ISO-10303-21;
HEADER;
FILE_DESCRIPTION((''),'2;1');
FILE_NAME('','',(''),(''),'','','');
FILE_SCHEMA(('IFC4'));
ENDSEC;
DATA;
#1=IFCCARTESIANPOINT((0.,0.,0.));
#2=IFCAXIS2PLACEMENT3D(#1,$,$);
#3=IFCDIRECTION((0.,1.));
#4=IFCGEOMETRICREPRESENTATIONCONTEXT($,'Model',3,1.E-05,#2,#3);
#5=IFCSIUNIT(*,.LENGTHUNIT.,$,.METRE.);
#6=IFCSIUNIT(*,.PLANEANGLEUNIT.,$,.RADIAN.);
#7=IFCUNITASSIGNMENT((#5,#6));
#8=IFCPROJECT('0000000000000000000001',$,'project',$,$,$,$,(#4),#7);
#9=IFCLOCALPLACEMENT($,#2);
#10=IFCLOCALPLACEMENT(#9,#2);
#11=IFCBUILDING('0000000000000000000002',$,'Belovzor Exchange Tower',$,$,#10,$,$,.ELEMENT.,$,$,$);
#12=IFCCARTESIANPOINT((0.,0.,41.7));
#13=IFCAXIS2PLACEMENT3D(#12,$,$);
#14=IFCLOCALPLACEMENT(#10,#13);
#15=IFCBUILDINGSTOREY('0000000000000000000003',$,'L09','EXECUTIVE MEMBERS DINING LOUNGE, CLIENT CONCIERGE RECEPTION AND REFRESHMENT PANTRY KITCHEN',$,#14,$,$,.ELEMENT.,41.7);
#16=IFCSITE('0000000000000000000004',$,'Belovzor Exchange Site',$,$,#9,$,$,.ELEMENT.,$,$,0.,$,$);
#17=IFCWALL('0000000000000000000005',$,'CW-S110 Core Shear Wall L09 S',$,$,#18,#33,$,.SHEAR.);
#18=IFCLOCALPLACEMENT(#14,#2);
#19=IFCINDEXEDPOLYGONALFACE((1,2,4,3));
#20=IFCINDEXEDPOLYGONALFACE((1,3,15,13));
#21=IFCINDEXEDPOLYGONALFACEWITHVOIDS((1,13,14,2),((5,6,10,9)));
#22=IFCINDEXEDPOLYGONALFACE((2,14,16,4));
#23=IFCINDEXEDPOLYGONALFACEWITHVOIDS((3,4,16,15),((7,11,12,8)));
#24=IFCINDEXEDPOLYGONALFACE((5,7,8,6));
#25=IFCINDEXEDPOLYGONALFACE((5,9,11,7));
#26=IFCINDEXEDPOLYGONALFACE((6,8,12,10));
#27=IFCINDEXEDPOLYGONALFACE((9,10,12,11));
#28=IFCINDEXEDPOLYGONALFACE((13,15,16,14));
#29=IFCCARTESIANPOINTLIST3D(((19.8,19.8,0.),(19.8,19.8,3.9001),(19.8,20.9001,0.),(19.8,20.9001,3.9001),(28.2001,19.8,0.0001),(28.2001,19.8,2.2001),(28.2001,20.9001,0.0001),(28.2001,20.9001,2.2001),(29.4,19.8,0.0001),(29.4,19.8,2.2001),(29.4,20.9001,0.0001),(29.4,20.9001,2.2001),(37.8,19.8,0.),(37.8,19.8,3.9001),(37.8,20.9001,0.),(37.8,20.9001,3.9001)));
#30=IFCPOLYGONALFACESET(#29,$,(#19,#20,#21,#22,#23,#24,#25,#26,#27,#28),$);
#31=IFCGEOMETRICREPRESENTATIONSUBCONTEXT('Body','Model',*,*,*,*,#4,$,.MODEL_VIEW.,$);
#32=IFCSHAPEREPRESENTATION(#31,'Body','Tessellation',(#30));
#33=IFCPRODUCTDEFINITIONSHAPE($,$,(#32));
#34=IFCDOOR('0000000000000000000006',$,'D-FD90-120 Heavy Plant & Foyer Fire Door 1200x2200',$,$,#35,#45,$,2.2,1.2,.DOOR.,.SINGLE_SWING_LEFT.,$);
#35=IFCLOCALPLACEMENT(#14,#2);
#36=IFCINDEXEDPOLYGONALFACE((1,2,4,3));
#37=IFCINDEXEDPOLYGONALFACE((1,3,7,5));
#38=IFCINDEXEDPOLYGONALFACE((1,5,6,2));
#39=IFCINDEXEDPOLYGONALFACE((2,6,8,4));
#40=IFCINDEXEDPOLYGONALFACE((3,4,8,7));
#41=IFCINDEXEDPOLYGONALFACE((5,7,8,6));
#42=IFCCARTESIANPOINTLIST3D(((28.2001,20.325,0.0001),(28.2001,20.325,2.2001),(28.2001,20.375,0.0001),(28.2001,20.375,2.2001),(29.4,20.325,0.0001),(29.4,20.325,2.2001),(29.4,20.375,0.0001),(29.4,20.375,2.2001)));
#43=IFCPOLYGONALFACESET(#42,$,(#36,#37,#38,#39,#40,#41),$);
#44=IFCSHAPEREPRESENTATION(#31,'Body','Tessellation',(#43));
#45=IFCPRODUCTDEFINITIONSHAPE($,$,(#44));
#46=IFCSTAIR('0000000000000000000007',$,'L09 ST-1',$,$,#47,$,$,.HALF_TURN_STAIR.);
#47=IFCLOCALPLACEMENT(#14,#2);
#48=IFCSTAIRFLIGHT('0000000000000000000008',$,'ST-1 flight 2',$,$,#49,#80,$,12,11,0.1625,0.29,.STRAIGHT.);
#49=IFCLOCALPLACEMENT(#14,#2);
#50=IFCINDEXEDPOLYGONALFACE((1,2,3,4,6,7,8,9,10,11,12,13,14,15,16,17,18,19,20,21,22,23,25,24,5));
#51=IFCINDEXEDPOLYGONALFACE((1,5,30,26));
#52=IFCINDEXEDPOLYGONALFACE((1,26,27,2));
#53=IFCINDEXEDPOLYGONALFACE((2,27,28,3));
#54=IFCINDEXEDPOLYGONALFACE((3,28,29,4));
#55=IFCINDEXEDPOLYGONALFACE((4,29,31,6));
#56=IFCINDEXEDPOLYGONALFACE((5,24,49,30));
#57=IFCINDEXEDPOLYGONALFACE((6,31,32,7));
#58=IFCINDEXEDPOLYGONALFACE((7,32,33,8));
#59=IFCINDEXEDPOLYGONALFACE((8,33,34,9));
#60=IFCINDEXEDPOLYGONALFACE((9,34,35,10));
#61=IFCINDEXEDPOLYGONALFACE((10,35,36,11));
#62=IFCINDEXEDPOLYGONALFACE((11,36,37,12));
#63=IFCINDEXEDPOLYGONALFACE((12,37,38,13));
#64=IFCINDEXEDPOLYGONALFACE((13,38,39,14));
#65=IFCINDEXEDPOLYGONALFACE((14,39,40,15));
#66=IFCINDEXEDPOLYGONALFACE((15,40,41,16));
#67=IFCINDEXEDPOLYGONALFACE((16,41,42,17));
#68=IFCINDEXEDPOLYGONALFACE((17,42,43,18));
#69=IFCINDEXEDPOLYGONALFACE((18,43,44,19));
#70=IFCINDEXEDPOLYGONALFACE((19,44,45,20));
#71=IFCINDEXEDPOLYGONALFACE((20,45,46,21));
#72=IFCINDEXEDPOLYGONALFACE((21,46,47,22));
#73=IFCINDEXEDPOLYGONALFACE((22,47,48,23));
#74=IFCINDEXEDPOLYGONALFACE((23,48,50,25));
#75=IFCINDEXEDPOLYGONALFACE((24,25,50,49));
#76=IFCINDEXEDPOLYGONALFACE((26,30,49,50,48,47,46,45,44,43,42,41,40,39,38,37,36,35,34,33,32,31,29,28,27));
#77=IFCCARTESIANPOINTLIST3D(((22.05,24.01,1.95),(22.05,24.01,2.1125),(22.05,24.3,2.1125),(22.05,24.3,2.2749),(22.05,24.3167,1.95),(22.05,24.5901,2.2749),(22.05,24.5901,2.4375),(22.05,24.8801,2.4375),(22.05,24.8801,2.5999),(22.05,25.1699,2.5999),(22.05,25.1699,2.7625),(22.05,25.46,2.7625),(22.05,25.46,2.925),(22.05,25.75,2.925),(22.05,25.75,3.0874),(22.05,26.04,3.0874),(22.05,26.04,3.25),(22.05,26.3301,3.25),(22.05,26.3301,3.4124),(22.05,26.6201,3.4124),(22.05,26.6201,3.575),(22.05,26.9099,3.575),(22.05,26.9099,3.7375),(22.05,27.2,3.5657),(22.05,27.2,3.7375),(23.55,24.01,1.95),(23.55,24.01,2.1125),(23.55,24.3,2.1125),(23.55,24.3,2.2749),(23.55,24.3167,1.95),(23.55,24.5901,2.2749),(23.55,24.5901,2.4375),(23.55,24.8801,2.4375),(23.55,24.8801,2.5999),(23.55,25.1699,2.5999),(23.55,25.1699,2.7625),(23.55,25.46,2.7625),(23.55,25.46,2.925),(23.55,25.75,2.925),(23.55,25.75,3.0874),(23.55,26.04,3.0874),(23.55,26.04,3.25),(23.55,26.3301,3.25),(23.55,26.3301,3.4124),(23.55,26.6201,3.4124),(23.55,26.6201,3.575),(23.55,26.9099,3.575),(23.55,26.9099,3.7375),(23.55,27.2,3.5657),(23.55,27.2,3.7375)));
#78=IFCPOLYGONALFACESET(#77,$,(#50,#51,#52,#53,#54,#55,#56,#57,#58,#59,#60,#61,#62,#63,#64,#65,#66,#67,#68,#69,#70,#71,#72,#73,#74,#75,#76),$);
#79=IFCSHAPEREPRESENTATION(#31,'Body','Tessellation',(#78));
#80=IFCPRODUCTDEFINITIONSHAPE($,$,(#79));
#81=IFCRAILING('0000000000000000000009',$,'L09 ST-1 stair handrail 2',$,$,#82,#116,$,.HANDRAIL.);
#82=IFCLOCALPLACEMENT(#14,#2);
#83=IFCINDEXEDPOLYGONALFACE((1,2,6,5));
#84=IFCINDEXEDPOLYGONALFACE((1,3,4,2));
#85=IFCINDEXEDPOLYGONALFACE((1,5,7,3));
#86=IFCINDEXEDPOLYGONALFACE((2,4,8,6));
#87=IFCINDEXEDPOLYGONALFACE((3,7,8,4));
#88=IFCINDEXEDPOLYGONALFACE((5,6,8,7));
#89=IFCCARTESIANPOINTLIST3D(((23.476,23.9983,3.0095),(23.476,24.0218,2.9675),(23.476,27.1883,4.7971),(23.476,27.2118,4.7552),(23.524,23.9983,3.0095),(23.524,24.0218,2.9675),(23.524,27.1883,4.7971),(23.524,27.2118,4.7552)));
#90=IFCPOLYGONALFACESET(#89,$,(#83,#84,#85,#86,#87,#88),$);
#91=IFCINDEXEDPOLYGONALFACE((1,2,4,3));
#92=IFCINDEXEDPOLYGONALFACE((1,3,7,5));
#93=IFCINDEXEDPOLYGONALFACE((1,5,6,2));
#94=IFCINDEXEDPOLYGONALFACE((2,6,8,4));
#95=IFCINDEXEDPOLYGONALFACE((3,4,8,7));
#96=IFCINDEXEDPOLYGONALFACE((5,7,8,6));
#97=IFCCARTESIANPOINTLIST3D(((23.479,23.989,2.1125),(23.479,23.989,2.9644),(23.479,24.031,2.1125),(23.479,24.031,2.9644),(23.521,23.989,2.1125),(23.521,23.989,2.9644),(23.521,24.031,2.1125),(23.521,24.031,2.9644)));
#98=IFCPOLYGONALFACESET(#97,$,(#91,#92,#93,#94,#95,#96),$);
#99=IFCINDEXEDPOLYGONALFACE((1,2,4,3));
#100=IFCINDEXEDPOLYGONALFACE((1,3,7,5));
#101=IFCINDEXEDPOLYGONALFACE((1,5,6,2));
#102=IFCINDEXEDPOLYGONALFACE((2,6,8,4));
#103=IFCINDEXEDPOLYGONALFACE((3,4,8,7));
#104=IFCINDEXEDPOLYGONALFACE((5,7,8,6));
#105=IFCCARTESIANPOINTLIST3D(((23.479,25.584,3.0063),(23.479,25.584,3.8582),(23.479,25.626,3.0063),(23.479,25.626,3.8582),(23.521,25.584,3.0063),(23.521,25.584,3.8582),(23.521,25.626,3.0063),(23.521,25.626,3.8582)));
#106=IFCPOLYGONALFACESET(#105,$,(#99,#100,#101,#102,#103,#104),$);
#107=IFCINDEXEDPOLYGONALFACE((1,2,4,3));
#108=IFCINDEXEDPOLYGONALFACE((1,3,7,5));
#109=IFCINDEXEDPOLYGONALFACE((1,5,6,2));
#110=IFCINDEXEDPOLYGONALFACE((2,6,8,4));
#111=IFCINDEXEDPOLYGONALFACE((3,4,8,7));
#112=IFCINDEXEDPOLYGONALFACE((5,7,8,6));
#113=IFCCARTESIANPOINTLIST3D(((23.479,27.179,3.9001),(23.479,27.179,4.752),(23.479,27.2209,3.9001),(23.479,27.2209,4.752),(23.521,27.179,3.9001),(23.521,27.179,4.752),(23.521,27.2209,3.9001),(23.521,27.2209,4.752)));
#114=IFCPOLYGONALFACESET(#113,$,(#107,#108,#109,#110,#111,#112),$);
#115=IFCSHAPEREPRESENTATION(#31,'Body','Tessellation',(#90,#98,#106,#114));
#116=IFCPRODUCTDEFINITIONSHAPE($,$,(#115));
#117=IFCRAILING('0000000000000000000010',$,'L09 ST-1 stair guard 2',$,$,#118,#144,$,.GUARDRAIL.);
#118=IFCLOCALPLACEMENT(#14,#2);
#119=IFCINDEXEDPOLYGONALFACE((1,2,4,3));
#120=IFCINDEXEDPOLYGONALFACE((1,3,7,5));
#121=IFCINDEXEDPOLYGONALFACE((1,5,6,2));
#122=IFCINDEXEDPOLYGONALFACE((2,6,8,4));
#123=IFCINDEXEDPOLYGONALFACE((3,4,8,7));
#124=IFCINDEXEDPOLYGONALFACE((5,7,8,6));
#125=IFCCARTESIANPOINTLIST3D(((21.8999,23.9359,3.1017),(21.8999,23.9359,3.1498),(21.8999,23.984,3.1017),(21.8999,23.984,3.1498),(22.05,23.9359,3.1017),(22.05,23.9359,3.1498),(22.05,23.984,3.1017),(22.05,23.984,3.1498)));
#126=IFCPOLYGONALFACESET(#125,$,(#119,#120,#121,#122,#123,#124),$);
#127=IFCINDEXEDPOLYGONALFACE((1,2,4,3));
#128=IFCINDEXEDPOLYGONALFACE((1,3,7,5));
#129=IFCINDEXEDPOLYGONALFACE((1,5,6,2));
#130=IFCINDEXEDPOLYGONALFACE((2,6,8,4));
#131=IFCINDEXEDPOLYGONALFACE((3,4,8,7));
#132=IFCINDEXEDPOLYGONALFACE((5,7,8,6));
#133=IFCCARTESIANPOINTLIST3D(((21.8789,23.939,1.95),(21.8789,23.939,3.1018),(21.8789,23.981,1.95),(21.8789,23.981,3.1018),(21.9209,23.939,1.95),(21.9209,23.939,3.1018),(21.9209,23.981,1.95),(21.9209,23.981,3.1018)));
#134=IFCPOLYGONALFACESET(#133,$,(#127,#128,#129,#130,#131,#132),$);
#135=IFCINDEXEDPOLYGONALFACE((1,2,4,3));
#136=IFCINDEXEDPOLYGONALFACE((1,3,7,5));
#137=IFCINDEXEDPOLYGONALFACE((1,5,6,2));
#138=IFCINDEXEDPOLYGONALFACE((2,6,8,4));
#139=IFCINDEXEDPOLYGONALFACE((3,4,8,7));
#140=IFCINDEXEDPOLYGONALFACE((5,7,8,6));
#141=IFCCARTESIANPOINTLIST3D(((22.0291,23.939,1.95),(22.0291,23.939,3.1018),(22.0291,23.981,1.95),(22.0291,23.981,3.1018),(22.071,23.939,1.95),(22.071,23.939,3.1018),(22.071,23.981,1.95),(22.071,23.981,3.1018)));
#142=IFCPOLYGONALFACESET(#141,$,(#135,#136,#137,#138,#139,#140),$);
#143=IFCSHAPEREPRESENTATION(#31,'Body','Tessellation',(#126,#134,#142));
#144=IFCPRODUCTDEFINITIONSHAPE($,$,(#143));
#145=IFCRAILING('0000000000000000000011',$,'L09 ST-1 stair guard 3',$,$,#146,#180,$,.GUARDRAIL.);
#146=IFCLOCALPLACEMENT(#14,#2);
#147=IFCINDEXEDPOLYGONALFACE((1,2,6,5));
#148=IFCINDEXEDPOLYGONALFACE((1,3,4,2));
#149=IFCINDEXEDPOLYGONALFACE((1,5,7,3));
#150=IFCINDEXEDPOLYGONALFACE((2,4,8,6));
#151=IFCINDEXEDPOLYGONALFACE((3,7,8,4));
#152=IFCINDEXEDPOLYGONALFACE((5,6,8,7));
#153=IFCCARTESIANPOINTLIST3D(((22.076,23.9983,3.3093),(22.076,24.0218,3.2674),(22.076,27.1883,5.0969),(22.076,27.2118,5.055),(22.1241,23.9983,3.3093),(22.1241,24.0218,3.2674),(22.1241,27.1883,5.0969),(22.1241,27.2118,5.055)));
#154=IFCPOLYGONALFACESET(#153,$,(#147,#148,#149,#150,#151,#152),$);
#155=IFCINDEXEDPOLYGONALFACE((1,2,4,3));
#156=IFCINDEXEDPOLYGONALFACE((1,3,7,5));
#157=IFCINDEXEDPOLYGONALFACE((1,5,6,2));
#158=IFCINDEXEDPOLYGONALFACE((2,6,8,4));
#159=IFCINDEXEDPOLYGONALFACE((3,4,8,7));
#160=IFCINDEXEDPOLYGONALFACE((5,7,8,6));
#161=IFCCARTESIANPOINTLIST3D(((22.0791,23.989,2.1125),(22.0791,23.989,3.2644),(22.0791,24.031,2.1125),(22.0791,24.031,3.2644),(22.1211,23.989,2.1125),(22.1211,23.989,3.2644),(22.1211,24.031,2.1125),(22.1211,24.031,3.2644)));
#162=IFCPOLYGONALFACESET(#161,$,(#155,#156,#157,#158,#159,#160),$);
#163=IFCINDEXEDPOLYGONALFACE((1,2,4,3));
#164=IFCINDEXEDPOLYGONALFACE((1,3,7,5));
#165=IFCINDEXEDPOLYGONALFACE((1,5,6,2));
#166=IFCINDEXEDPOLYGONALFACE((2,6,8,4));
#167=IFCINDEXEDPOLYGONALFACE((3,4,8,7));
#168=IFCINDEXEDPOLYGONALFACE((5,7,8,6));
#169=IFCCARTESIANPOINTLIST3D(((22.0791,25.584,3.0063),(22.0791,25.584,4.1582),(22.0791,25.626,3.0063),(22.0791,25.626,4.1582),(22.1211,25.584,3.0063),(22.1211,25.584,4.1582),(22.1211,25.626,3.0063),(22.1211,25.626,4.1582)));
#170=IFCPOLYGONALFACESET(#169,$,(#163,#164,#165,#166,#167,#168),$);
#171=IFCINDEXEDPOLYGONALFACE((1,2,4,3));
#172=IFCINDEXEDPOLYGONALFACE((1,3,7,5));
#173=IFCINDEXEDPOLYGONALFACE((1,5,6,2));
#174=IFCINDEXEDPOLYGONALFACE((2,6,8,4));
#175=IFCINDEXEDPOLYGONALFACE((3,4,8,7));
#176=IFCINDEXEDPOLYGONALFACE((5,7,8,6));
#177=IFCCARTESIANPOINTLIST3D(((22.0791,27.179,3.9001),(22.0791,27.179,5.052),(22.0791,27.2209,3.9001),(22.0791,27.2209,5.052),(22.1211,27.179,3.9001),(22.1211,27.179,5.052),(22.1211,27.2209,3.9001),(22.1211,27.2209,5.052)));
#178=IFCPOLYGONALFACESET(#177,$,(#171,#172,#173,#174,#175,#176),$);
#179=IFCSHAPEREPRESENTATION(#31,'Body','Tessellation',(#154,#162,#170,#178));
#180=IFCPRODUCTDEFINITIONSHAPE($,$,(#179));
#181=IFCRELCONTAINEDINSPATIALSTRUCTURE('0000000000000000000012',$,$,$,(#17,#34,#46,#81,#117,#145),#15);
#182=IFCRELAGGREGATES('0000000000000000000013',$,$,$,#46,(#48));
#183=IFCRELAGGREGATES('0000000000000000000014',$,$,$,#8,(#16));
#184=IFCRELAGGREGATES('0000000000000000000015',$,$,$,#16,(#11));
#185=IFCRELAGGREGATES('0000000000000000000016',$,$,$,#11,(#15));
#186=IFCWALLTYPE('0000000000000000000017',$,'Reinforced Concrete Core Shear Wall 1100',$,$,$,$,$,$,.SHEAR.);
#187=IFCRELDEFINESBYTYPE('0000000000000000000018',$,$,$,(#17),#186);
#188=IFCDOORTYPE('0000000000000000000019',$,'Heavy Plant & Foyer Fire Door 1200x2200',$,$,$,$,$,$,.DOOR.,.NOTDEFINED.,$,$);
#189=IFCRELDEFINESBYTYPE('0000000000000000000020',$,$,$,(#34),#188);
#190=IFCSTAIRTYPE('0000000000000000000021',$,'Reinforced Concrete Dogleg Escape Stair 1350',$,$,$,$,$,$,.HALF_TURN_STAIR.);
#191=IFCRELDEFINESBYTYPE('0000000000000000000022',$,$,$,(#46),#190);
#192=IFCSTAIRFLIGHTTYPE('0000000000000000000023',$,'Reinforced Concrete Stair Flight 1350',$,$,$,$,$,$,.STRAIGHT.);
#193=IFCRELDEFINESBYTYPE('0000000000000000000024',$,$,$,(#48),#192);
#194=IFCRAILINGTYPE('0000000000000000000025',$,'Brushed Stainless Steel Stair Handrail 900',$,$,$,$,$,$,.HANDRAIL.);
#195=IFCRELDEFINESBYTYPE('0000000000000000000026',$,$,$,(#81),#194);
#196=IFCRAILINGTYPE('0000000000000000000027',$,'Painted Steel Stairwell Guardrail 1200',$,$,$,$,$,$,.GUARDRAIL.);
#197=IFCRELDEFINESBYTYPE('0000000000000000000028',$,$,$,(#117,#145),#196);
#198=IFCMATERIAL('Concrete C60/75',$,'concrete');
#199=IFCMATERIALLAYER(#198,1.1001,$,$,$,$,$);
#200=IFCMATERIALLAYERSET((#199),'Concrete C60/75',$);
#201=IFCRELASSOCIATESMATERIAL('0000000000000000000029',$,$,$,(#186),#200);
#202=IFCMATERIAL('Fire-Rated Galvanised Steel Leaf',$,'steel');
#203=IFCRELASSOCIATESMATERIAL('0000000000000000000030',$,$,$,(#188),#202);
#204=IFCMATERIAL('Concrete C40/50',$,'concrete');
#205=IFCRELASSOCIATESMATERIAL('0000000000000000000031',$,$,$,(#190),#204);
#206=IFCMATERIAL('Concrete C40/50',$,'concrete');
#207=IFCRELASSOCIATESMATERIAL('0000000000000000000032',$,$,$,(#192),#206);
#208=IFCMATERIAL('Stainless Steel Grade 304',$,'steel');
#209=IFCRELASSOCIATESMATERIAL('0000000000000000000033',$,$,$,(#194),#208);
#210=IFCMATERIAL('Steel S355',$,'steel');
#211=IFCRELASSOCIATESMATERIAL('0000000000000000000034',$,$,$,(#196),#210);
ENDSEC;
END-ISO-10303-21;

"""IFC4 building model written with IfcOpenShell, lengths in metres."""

from ifc_helpers import new_model, si_unit, direction, frame, frame_2d, origin, origin_2d, place, context, subcontext, project, spatial, polyline, rectangle, outline, extrude, material, layer, layer_set, type_object, element, fill, aggregate, save


model = new_model("IFC4")

# Units and contexts
model_context = context("Model", 3, precision=1e-05, world=origin(), true_north=direction((0.0, 1.0)))
body_context = subcontext(model_context, "Body", "Model", "MODEL_VIEW")
ifc_project = project(units=[si_unit("LENGTHUNIT", "METRE"), si_unit("PLANEANGLEUNIT", "RADIAN")], contexts=[model_context])

# Site, building, storey
site_placement = place(None, origin())
site = spatial("IfcSite", under=ifc_project, at=site_placement, Name="Belovzor Exchange Site", CompositionType="ELEMENT", RefElevation=0.0)
building_placement = place(site_placement, origin())
building = spatial("IfcBuilding", under=site, at=building_placement, Name="Belovzor Exchange Tower", CompositionType="ELEMENT")
storey_placement = place(building_placement, frame((0.0, 0.0, 41.7)))
storey = spatial("IfcBuildingStorey", under=building, at=storey_placement, Name="L09", Description="EXECUTIVE MEMBERS DINING LOUNGE, CLIENT CONCIERGE RECEPTION AND REFRESHMENT PANTRY KITCHEN", CompositionType="ELEMENT", Elevation=41.7)

# Wall, opening, door
ifc_material_1 = material(Name="Concrete C60/75", Category="concrete")
ifc_layer_1 = layer(ifc_material_1, 1.1001)
ifc_layer_set_1 = layer_set([ifc_layer_1], Name="Concrete C60/75")
wall_type_1 = type_object("IfcWallType", Name="Reinforced Concrete Core Shear Wall 1100", PredefinedType="SHEAR", material=ifc_layer_set_1)
wall_1_placement = place(storey_placement, frame((19.8, 20.3501, 0.0), z_axis=(0.0, 0.0, 1.0), x_axis=(1.0, 0.0, 0.0)))
wall_1 = element("IfcWall", 1, at=wall_1_placement, inside=storey, type_object=wall_type_1, Name="CW-S110 Core Shear Wall L09 S", PredefinedType="SHEAR", context=body_context, shape_type="SweptSolid", body=[
    extrude(rectangle(XDim=18.0, YDim=1.1001, at=frame_2d((9.0, 0.0))), origin(), (0.0, 0.0, 1.0), 3.9001),
])
opening_1_placement = place(wall_1_placement, frame((8.3999, 0.0, 0.0)))
opening_1 = element("IfcOpeningElement", 2, at=opening_1_placement, cuts=wall_1, PredefinedType="OPENING", context=body_context, shape_type="SweptSolid", body=[
    extrude(rectangle(XDim=1.2, YDim=2.2, at=frame_2d((0.6001, 1.1001))), frame((0.0, 0.5601, 0.0), z_axis=(0.0, -1.0, 0.0), x_axis=(1.0, 0.0, 0.0)), (0.0, 0.0, 1.0), 1.1201),
])
ifc_material_2 = material(Name="Fire-Rated Galvanised Steel Leaf", Category="steel")
door_type_1 = type_object("IfcDoorType", Name="Heavy Plant & Foyer Fire Door 1200x2200", OperationType="NOTDEFINED", PredefinedType="DOOR", material=ifc_material_2)
door_1_placement = place(opening_1_placement, origin())
door_1 = element("IfcDoor", 3, at=door_1_placement, inside=storey, type_object=door_type_1, Name="D-FD90-120 Heavy Plant & Foyer Fire Door 1200x2200", OperationType="SINGLE_SWING_LEFT", OverallHeight=2.2, OverallWidth=1.2, PredefinedType="DOOR", context=body_context, shape_type="SweptSolid", body=[
    extrude(rectangle(XDim=1.2, YDim=2.2, at=frame_2d((0.6001, 1.1001))), frame((0.0, 0.0249, 0.0), z_axis=(0.0, -1.0, 0.0), x_axis=(1.0, 0.0, 0.0)), (0.0, 0.0, 1.0), 0.05),
])
fill(opening_1, door_1)

# Stair, stair flight
ifc_material_3 = material(Name="Concrete C40/50", Category="concrete")
stair_type = type_object("IfcStairType", Name="Reinforced Concrete Dogleg Escape Stair 1350", PredefinedType="HALF_TURN_STAIR", material=ifc_material_3)
stair_placement = place(storey_placement, origin())
stair = element("IfcStair", 4, at=stair_placement, inside=storey, type_object=stair_type, Name="L09 ST-1", PredefinedType="HALF_TURN_STAIR")
ifc_material_4 = material(Name="Concrete C40/50", Category="concrete")
stair_flight_type = type_object("IfcStairFlightType", Name="Reinforced Concrete Stair Flight 1350", PredefinedType="STRAIGHT", material=ifc_material_4)
stair_flight_placement = place(storey_placement, frame((22.8, 24.01, 1.95), z_axis=(0.0, 0.0, 1.0), x_axis=(0.0, 1.0, 0.0)))
stair_flight = element("IfcStairFlight", 5, at=stair_flight_placement, type_object=stair_flight_type, Name="ST-1 flight 2", NumberOfRisers=12, NumberOfTreads=11, PredefinedType="STRAIGHT", RiserHeight=0.1625, TreadLength=0.29, context=body_context, shape_type="SweptSolid", body=[
    extrude(outline(polyline([(0.0, 0.0), (0.0, 0.1626), (0.29, 0.1626), (0.29, 0.325), (0.5801, 0.325), (0.5801, 0.4875), (0.8701, 0.4875), (0.8701, 0.6499), (1.1599, 0.6499), (1.1599, 0.8125), (1.45, 0.8125), (1.45, 0.9751), (1.74, 0.9751), (1.74, 1.1375), (2.03, 1.1375), (2.03, 1.3), (2.3201, 1.3), (2.3201, 1.4624), (2.6101, 1.4624), (2.6101, 1.625), (2.8999, 1.625), (2.8999, 1.7876), (3.1899, 1.7876), (3.1899, 1.95), (3.1899, 1.6157), (0.3066, 0.0), (0.0, 0.0)])), frame((0.0, 0.75, 0.0), z_axis=(0.0, -1.0, 0.0), x_axis=(1.0, 0.0, 0.0)), (0.0, 0.0, 1.0), 1.5),
])
aggregate(stair, [stair_flight])

# Railings
ifc_material_5 = material(Name="Stainless Steel Grade 304", Category="steel")
railing_type_1 = type_object("IfcRailingType", Name="Brushed Stainless Steel Stair Handrail 900", PredefinedType="HANDRAIL", material=ifc_material_5)
railing_1_placement = place(storey_placement, frame((23.5, 24.01, 2.1125)))
element("IfcRailing", 6, at=railing_1_placement, inside=storey, type_object=railing_type_1, Name="L09 ST-1 stair handrail 2", PredefinedType="HANDRAIL", context=body_context, shape_type="SweptSolid", body=[
    extrude(rectangle(XDim=0.0481, YDim=0.0481, at=origin_2d()), frame((0.0, 0.0, 0.876), z_axis=(0.0, 0.872363, 0.48886), x_axis=(-1.0, 0.0, 0.0)), (0.0, 0.0, 1.0), 3.6567),
    extrude(rectangle(XDim=0.042, YDim=0.042, at=origin_2d()), origin(), (0.0, 0.0, 1.0), 0.8518),
    extrude(rectangle(XDim=0.042, YDim=0.042, at=origin_2d()), frame((0.0, 1.595, 0.8938)), (0.0, 0.0, 1.0), 0.8518),
    extrude(rectangle(XDim=0.042, YDim=0.042, at=origin_2d()), frame((0.0, 3.1899, 1.7876)), (0.0, 0.0, 1.0), 0.8518),
])
ifc_material_6 = material(Name="Steel S355", Category="steel")
railing_type_2 = type_object("IfcRailingType", Name="Painted Steel Stairwell Guardrail 1200", PredefinedType="GUARDRAIL", material=ifc_material_6)
railing_2_placement = place(storey_placement, frame((21.8999, 23.96, 1.95)))
element("IfcRailing", 7, at=railing_2_placement, inside=storey, type_object=railing_type_2, Name="L09 ST-1 stair guard 2", PredefinedType="GUARDRAIL", context=body_context, shape_type="SweptSolid", body=[
    extrude(rectangle(XDim=0.0481, YDim=0.0481, at=origin_2d()), frame((0.0, 0.0, 1.1758), z_axis=(1.0, 0.0, 0.0), x_axis=(0.0, 1.0, 0.0)), (0.0, 0.0, 1.0), 0.1501),
    extrude(rectangle(XDim=0.042, YDim=0.042, at=origin_2d()), origin(), (0.0, 0.0, 1.0), 1.1519),
    extrude(rectangle(XDim=0.042, YDim=0.042, at=origin_2d()), frame((0.1501, 0.0, 0.0)), (0.0, 0.0, 1.0), 1.1519),
])
railing_3_placement = place(storey_placement, frame((22.1001, 24.01, 2.1125)))
element("IfcRailing", 8, at=railing_3_placement, inside=storey, type_object=railing_type_2, Name="L09 ST-1 stair guard 3", PredefinedType="GUARDRAIL", context=body_context, shape_type="SweptSolid", body=[
    extrude(rectangle(XDim=0.0481, YDim=0.0481, at=origin_2d()), frame((0.0, 0.0, 1.1758), z_axis=(0.0, 0.872363, 0.48886), x_axis=(-1.0, 0.0, 0.0)), (0.0, 0.0, 1.0), 3.6567),
    extrude(rectangle(XDim=0.042, YDim=0.042, at=origin_2d()), origin(), (0.0, 0.0, 1.0), 1.1519),
    extrude(rectangle(XDim=0.042, YDim=0.042, at=origin_2d()), frame((0.0, 1.595, 0.8938)), (0.0, 0.0, 1.0), 1.1519),
    extrude(rectangle(XDim=0.042, YDim=0.042, at=origin_2d()), frame((0.0, 3.1899, 1.7876)), (0.0, 0.0, 1.0), 1.1519),
])

save(model, "model.ifc")
